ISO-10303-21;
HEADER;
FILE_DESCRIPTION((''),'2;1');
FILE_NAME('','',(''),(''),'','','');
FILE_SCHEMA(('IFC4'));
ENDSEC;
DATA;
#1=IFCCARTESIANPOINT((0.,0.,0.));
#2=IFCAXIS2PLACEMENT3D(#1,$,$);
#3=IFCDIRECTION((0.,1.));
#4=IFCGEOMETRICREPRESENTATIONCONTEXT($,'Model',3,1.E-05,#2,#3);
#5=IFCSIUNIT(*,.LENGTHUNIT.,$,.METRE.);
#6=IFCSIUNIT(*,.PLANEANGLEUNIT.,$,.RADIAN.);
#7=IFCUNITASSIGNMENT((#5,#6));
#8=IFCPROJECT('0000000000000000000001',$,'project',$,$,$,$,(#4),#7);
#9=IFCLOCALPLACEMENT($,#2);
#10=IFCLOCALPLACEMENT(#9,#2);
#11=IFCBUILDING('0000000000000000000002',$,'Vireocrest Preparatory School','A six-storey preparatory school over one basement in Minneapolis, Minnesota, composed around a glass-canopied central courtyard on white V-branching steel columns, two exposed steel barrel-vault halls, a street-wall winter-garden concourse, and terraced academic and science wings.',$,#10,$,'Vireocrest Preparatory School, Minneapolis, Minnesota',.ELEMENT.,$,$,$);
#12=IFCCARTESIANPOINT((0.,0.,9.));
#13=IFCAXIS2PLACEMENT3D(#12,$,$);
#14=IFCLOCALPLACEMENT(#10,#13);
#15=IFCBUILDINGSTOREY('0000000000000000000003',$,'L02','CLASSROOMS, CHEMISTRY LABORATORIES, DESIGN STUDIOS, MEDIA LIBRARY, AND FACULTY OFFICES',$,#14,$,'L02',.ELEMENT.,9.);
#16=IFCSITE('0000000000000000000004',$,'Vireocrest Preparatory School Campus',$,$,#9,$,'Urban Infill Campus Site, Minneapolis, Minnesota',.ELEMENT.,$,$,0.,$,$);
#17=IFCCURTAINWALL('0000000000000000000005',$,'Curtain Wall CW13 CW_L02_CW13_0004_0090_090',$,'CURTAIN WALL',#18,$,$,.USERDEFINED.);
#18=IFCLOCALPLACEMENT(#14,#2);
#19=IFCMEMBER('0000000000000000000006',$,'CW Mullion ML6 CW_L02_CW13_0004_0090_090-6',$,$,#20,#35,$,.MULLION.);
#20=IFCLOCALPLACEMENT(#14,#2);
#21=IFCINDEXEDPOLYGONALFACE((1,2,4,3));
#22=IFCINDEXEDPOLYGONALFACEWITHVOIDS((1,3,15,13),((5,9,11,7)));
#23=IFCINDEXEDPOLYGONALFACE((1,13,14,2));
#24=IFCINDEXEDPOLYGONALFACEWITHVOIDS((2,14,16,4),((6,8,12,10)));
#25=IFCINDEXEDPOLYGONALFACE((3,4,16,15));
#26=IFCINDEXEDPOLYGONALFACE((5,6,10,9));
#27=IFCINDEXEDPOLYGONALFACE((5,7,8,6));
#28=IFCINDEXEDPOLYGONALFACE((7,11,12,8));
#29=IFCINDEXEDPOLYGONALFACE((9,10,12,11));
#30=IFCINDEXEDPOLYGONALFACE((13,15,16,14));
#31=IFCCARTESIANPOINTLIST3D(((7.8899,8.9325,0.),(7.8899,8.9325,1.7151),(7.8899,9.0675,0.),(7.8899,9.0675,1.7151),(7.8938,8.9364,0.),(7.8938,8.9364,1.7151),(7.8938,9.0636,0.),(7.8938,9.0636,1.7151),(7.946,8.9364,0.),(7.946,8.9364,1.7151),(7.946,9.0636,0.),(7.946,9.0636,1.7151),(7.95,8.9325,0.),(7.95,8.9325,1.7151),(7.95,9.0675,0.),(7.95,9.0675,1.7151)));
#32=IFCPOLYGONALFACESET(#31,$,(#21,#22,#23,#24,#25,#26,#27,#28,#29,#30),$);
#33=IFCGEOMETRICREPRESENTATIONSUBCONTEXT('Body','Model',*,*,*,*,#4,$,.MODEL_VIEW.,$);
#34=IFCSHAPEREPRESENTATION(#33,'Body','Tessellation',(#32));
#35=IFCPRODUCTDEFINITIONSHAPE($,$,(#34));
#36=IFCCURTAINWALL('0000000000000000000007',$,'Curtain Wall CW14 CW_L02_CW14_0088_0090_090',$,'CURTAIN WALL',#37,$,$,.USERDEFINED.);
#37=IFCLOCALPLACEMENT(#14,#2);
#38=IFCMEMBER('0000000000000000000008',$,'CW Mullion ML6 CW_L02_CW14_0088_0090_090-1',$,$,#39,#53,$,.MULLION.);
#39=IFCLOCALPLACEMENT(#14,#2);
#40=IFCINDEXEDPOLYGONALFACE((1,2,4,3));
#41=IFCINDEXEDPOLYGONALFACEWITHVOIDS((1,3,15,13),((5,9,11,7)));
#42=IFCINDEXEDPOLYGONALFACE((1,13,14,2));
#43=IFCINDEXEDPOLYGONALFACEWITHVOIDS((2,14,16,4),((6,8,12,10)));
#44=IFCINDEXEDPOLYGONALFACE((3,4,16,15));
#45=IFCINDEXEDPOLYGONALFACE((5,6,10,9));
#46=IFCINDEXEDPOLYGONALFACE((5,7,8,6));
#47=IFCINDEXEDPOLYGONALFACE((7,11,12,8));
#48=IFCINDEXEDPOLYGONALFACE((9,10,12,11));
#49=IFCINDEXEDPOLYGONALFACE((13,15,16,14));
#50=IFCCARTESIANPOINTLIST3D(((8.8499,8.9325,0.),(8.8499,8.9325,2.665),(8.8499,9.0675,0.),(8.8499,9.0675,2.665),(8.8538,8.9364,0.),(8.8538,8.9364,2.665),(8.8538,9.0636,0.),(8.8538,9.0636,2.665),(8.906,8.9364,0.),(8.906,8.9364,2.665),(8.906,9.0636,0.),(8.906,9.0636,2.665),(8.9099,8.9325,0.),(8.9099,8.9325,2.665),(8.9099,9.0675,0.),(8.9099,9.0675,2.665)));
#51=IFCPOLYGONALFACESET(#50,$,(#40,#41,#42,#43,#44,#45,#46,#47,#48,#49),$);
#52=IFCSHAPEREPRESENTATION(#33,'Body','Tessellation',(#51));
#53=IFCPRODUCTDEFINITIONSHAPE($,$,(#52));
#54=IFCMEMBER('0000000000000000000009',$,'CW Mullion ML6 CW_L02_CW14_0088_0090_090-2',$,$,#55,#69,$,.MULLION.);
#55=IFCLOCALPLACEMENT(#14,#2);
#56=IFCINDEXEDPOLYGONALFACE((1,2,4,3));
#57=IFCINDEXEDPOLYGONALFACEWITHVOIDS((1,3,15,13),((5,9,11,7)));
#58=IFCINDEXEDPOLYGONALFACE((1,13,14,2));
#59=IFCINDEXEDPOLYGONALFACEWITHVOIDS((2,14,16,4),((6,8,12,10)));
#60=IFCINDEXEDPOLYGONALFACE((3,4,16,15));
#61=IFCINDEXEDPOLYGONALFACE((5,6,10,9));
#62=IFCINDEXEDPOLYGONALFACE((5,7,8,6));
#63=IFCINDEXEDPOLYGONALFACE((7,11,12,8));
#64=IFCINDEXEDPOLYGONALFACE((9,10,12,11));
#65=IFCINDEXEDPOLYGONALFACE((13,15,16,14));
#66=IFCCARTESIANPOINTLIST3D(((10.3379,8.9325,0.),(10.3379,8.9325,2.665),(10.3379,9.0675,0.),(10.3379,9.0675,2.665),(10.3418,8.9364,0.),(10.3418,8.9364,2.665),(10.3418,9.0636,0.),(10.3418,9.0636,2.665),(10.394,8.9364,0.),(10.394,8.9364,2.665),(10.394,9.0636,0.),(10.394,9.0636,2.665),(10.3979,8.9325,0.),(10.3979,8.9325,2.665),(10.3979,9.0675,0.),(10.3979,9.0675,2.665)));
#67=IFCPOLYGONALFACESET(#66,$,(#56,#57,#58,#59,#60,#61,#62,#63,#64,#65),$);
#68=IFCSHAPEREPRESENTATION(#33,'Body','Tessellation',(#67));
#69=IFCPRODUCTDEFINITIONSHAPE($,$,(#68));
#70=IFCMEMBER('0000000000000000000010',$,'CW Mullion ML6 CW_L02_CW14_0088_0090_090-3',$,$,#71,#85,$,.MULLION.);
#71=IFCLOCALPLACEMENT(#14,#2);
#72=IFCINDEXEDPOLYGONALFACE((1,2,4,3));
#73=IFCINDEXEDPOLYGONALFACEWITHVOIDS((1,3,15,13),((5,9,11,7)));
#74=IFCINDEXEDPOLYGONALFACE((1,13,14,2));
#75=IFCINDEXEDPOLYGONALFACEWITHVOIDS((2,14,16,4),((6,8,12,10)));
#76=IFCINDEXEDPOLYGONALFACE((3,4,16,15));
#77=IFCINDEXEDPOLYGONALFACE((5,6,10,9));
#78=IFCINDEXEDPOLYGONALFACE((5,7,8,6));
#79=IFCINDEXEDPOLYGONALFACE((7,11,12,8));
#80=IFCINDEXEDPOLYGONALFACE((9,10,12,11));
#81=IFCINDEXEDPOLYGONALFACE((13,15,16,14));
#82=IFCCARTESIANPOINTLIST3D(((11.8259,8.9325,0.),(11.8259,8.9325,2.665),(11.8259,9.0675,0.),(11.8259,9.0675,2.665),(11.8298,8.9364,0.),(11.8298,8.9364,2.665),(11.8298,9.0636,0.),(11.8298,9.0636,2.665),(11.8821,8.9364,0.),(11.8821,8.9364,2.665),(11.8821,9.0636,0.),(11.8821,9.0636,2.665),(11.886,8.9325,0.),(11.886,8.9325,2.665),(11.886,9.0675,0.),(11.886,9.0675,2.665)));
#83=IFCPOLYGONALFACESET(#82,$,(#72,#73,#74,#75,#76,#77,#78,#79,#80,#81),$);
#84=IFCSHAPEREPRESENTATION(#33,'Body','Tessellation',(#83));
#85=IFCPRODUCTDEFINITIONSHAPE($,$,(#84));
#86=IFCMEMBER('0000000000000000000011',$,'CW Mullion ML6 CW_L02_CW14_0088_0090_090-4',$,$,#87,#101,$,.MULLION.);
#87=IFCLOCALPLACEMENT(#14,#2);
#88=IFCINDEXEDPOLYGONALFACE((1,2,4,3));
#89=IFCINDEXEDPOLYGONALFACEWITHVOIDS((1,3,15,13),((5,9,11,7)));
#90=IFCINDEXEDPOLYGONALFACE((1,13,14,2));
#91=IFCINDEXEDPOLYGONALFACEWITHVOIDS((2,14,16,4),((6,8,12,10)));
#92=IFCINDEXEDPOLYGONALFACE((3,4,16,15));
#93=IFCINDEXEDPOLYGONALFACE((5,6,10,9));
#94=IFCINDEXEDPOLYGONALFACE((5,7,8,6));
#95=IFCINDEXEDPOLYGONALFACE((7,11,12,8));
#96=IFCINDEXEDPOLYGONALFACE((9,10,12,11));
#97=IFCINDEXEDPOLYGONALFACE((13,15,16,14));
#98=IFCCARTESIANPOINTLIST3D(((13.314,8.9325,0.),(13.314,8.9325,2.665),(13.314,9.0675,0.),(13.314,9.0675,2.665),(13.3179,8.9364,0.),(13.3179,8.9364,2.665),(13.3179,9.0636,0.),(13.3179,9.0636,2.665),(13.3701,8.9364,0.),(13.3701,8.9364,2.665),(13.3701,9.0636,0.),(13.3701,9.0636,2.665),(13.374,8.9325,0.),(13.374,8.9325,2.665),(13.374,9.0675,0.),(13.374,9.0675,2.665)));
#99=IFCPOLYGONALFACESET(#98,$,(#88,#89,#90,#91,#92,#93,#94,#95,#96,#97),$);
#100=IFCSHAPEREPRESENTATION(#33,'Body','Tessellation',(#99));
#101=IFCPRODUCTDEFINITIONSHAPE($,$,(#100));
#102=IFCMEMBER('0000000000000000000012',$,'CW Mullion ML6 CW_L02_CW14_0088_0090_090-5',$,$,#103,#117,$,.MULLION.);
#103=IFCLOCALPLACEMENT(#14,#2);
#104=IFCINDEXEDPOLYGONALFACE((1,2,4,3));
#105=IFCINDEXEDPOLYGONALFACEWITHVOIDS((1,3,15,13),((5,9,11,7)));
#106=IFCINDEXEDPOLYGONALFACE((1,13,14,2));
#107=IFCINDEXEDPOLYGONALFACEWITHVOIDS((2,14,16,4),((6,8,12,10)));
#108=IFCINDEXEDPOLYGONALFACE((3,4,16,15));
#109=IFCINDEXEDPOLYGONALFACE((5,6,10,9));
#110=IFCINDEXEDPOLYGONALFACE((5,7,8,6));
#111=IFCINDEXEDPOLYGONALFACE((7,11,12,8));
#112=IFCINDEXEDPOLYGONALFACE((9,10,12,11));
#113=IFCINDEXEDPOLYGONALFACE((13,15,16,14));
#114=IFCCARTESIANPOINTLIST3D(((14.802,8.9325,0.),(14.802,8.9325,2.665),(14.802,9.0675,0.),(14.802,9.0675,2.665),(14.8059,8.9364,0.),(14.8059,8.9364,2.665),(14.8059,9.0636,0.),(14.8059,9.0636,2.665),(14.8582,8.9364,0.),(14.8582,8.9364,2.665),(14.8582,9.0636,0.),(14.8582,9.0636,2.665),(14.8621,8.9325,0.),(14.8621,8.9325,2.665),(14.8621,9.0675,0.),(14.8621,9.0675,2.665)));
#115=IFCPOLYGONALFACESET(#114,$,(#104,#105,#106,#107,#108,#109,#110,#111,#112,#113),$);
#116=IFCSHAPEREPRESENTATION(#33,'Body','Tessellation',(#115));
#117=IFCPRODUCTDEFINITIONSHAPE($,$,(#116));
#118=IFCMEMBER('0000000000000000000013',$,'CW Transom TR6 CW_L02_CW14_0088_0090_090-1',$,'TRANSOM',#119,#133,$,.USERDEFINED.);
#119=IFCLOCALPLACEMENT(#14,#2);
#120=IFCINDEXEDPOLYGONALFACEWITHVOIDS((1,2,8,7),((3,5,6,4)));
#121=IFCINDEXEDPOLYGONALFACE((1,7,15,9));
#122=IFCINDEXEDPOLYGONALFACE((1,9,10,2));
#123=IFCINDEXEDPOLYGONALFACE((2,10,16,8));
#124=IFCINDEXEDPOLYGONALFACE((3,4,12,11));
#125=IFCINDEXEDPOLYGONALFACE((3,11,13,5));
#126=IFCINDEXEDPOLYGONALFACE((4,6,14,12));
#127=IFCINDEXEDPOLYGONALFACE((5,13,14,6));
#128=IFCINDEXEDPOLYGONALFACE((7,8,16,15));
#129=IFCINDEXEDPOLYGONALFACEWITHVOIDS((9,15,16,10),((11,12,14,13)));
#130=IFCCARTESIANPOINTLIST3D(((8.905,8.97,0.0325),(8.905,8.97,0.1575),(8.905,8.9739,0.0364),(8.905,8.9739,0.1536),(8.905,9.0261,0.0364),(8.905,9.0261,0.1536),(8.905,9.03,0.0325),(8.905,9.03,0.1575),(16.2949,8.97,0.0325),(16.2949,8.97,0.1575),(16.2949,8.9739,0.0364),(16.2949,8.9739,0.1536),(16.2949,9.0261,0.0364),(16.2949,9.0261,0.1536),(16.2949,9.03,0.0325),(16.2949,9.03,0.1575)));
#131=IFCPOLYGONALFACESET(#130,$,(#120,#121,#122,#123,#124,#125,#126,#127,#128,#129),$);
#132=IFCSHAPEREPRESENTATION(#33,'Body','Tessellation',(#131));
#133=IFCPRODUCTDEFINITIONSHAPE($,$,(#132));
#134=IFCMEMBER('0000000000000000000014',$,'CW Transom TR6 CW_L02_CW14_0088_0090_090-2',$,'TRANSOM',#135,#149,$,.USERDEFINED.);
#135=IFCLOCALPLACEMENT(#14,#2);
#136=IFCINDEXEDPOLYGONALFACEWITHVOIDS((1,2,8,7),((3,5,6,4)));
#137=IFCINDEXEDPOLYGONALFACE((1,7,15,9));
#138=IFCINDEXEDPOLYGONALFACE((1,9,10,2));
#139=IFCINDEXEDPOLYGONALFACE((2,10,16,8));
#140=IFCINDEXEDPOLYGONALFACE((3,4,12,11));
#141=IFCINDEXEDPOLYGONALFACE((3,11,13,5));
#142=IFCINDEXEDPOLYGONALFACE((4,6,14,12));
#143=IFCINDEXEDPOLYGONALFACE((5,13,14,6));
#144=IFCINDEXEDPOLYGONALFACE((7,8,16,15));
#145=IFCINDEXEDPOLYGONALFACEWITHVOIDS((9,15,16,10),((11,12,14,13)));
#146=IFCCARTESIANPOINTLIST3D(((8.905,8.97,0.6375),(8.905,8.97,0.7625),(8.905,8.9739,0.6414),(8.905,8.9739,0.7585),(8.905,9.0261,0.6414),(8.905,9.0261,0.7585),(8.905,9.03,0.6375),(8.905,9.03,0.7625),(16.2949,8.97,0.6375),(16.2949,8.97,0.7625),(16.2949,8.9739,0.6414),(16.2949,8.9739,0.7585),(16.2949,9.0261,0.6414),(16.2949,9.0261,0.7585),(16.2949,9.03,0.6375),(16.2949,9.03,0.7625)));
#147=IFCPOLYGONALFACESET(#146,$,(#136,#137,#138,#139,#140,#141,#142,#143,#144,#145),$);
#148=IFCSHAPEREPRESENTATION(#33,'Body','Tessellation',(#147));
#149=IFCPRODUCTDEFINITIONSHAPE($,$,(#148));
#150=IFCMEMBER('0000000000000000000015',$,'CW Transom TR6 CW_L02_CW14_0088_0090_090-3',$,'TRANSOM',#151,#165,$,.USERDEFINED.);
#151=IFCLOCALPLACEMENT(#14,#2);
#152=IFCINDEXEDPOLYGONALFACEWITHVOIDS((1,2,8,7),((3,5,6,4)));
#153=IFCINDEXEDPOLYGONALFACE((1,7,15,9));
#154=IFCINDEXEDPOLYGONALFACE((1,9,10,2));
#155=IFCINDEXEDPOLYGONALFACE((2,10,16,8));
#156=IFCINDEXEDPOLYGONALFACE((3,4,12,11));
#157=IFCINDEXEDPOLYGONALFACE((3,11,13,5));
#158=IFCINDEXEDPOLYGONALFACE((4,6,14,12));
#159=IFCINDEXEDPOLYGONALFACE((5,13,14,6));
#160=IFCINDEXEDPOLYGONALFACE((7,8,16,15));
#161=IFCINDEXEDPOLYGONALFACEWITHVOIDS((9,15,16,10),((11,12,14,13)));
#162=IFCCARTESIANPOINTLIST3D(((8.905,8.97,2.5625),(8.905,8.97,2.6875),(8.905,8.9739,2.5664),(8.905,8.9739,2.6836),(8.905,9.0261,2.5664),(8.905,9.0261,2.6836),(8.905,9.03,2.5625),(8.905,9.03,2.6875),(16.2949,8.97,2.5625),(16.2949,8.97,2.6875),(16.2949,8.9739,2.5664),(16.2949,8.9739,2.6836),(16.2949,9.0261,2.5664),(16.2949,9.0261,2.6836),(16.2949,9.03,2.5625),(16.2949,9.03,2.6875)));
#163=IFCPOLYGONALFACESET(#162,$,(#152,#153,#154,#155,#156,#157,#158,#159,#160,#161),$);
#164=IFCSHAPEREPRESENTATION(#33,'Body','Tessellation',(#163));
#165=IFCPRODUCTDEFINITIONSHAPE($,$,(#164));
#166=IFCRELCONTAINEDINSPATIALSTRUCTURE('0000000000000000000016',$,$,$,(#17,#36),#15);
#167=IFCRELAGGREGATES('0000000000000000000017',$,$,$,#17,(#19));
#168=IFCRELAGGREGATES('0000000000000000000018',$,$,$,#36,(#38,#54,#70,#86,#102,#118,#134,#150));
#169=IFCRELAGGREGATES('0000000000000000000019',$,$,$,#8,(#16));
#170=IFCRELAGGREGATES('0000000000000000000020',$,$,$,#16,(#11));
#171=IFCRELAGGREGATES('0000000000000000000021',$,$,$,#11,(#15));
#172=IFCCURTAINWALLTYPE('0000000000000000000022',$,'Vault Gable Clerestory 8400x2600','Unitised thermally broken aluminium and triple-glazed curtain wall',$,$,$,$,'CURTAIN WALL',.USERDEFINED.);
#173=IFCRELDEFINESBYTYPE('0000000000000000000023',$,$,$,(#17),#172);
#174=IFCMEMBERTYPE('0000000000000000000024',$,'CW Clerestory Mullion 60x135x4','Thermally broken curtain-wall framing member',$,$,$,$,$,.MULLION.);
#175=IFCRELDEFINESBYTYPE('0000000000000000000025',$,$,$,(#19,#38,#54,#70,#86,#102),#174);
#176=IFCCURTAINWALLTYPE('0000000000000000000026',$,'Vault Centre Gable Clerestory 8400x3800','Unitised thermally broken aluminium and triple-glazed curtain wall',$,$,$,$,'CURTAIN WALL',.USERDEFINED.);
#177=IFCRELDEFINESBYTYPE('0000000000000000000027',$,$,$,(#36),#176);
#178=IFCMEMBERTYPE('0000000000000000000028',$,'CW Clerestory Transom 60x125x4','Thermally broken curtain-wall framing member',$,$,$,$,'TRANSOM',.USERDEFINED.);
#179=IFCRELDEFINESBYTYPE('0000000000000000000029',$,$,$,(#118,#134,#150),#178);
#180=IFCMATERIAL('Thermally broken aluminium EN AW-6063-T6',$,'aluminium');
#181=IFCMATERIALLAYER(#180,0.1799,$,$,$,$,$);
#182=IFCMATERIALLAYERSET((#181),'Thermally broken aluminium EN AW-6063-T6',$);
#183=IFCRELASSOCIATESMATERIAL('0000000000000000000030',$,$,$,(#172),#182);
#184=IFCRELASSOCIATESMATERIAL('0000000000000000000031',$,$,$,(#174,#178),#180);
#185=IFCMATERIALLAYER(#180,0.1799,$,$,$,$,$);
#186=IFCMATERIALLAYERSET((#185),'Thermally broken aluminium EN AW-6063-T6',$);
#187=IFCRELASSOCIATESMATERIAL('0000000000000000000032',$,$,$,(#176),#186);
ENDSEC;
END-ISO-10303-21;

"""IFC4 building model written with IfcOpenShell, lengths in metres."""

from ifc_helpers import new_model, si_unit, direction, frame, origin, origin_2d, place, context, subcontext, project, spatial, hollow_rectangle, extrude, material, layer, layer_set, material_profile, profile_set, type_object, element, aggregate, save


model = new_model("IFC4")

# Units and contexts
model_context = context("Model", 3, precision=1e-05, world=origin(), true_north=direction((0.0, 1.0)))
body_context = subcontext(model_context, "Body", "Model", "MODEL_VIEW")
ifc_project = project(units=[si_unit("LENGTHUNIT", "METRE"), si_unit("PLANEANGLEUNIT", "RADIAN")], contexts=[model_context])

# Site, building, storey
site_placement = place(None, origin())
site = spatial("IfcSite", under=ifc_project, at=site_placement, Name="Vireocrest Preparatory School Campus", LongName="Urban Infill Campus Site, Minneapolis, Minnesota", CompositionType="ELEMENT", RefElevation=0.0)
building_placement = place(site_placement, origin())
building = spatial("IfcBuilding", under=site, at=building_placement, Name="Vireocrest Preparatory School", Description="A six-storey preparatory school over one basement in Minneapolis, Minnesota, composed around a glass-canopied central courtyard on white V-branching steel columns, two exposed steel barrel-vault halls, a street-wall winter-garden concourse, and terraced academic and science wings.", LongName="Vireocrest Preparatory School, Minneapolis, Minnesota", CompositionType="ELEMENT")
storey_placement = place(building_placement, frame((0.0, 0.0, 9.0)))
storey = spatial("IfcBuildingStorey", under=building, at=storey_placement, Name="L02", Description="CLASSROOMS, CHEMISTRY LABORATORIES, DESIGN STUDIOS, MEDIA LIBRARY, AND FACULTY OFFICES", LongName="L02", CompositionType="ELEMENT", Elevation=9.0)

# Curtain wall, member
ifc_material_1 = material(Name="Thermally broken aluminium EN AW-6063-T6", Category="aluminium")
ifc_layer_1 = layer(ifc_material_1, 0.1799)
ifc_layer_set_1 = layer_set([ifc_layer_1], Name="Thermally broken aluminium EN AW-6063-T6")
curtain_wall_type_1 = type_object("IfcCurtainWallType", Name="Vault Gable Clerestory 8400x2600", Description="Unitised thermally broken aluminium and triple-glazed curtain wall", ElementType="CURTAIN WALL", PredefinedType="USERDEFINED", material=ifc_layer_set_1)
curtain_wall_1_placement = place(storey_placement, origin())
curtain_wall_1 = element("IfcCurtainWall", 1, at=curtain_wall_1_placement, inside=storey, type_object=curtain_wall_type_1, Name="Curtain Wall CW13 CW_L02_CW13_0004_0090_090", ObjectType="CURTAIN WALL", PredefinedType="USERDEFINED")
ifc_material_profile_1 = material_profile(ifc_material_1, hollow_rectangle(XDim=0.0601, YDim=0.135, WallThickness=0.0039, at=origin_2d()), Name="ALU 60x135x4")
ifc_profile_set_1 = profile_set([ifc_material_profile_1], Name="Thermally broken aluminium EN AW-6063-T6")
member_type_1 = type_object("IfcMemberType", Name="CW Clerestory Mullion 60x135x4", Description="Thermally broken curtain-wall framing member", PredefinedType="MULLION", material=ifc_profile_set_1)
member_1_placement = place(storey_placement, frame((7.9199, 9.0, 0.0), z_axis=(0.0, 0.0, 1.0), x_axis=(1.0, 0.0, 0.0)))
member_1 = element("IfcMember", 2, at=member_1_placement, type_object=member_type_1, Name="CW Mullion ML6 CW_L02_CW13_0004_0090_090-6", PredefinedType="MULLION", context=body_context, shape_type="SweptSolid", body=[
    extrude(hollow_rectangle(XDim=0.0601, YDim=0.135, WallThickness=0.0039, at=origin_2d()), origin(), (0.0, 0.0, 1.0), 1.7151),
])
aggregate(curtain_wall_1, [member_1])

# Curtain wall, members
ifc_layer_2 = layer(ifc_material_1, 0.1799)
ifc_layer_set_2 = layer_set([ifc_layer_2], Name="Thermally broken aluminium EN AW-6063-T6")
curtain_wall_type_2 = type_object("IfcCurtainWallType", Name="Vault Centre Gable Clerestory 8400x3800", Description="Unitised thermally broken aluminium and triple-glazed curtain wall", ElementType="CURTAIN WALL", PredefinedType="USERDEFINED", material=ifc_layer_set_2)
curtain_wall_2_placement = place(storey_placement, origin())
curtain_wall_2 = element("IfcCurtainWall", 3, at=curtain_wall_2_placement, inside=storey, type_object=curtain_wall_type_2, Name="Curtain Wall CW14 CW_L02_CW14_0088_0090_090", ObjectType="CURTAIN WALL", PredefinedType="USERDEFINED")
member_2_placement = place(storey_placement, frame((8.8799, 9.0, 0.0), z_axis=(0.0, 0.0, 1.0), x_axis=(1.0, 0.0, 0.0)))
member_2 = element("IfcMember", 4, at=member_2_placement, type_object=member_type_1, Name="CW Mullion ML6 CW_L02_CW14_0088_0090_090-1", PredefinedType="MULLION", context=body_context, shape_type="SweptSolid", body=[
    extrude(hollow_rectangle(XDim=0.0601, YDim=0.135, WallThickness=0.0039, at=origin_2d()), origin(), (0.0, 0.0, 1.0), 2.665),
])
member_3_placement = place(storey_placement, frame((10.3679, 9.0, 0.0), z_axis=(0.0, 0.0, 1.0), x_axis=(1.0, 0.0, 0.0)))
member_3 = element("IfcMember", 5, at=member_3_placement, type_object=member_type_1, Name="CW Mullion ML6 CW_L02_CW14_0088_0090_090-2", PredefinedType="MULLION", context=body_context, shape_type="SweptSolid", body=[
    extrude(hollow_rectangle(XDim=0.0601, YDim=0.135, WallThickness=0.0039, at=origin_2d()), origin(), (0.0, 0.0, 1.0), 2.665),
])
member_4_placement = place(storey_placement, frame((11.856, 9.0, 0.0), z_axis=(0.0, 0.0, 1.0), x_axis=(1.0, 0.0, 0.0)))
member_4 = element("IfcMember", 6, at=member_4_placement, type_object=member_type_1, Name="CW Mullion ML6 CW_L02_CW14_0088_0090_090-3", PredefinedType="MULLION", context=body_context, shape_type="SweptSolid", body=[
    extrude(hollow_rectangle(XDim=0.0601, YDim=0.135, WallThickness=0.0039, at=origin_2d()), origin(), (0.0, 0.0, 1.0), 2.665),
])
member_5_placement = place(storey_placement, frame((13.344, 9.0, 0.0), z_axis=(0.0, 0.0, 1.0), x_axis=(1.0, 0.0, 0.0)))
member_5 = element("IfcMember", 7, at=member_5_placement, type_object=member_type_1, Name="CW Mullion ML6 CW_L02_CW14_0088_0090_090-4", PredefinedType="MULLION", context=body_context, shape_type="SweptSolid", body=[
    extrude(hollow_rectangle(XDim=0.0601, YDim=0.135, WallThickness=0.0039, at=origin_2d()), origin(), (0.0, 0.0, 1.0), 2.665),
])
member_6_placement = place(storey_placement, frame((14.832, 9.0, 0.0), z_axis=(0.0, 0.0, 1.0), x_axis=(1.0, 0.0, 0.0)))
member_6 = element("IfcMember", 8, at=member_6_placement, type_object=member_type_1, Name="CW Mullion ML6 CW_L02_CW14_0088_0090_090-5", PredefinedType="MULLION", context=body_context, shape_type="SweptSolid", body=[
    extrude(hollow_rectangle(XDim=0.0601, YDim=0.135, WallThickness=0.0039, at=origin_2d()), origin(), (0.0, 0.0, 1.0), 2.665),
])
ifc_material_profile_2 = material_profile(ifc_material_1, hollow_rectangle(XDim=0.0601, YDim=0.125, WallThickness=0.0039, at=origin_2d()), Name="ALU 60x125x4")
ifc_profile_set_2 = profile_set([ifc_material_profile_2], Name="Thermally broken aluminium EN AW-6063-T6")
member_type_2 = type_object("IfcMemberType", Name="CW Clerestory Transom 60x125x4", Description="Thermally broken curtain-wall framing member", ElementType="TRANSOM", PredefinedType="USERDEFINED", material=ifc_profile_set_2)
member_7_placement = place(storey_placement, frame((8.905, 9.0, 0.095), z_axis=(1.0, 0.0, 0.0), x_axis=(0.0, 1.0, 0.0)))
member_7 = element("IfcMember", 9, at=member_7_placement, type_object=member_type_2, Name="CW Transom TR6 CW_L02_CW14_0088_0090_090-1", ObjectType="TRANSOM", PredefinedType="USERDEFINED", context=body_context, shape_type="SweptSolid", body=[
    extrude(hollow_rectangle(XDim=0.0601, YDim=0.125, WallThickness=0.0039, at=origin_2d()), origin(), (0.0, 0.0, 1.0), 7.3899),
])
member_8_placement = place(storey_placement, frame((8.905, 9.0, 0.7), z_axis=(1.0, 0.0, 0.0), x_axis=(0.0, 1.0, 0.0)))
member_8 = element("IfcMember", 10, at=member_8_placement, type_object=member_type_2, Name="CW Transom TR6 CW_L02_CW14_0088_0090_090-2", ObjectType="TRANSOM", PredefinedType="USERDEFINED", context=body_context, shape_type="SweptSolid", body=[
    extrude(hollow_rectangle(XDim=0.0601, YDim=0.125, WallThickness=0.0039, at=origin_2d()), origin(), (0.0, 0.0, 1.0), 7.3899),
])
member_9_placement = place(storey_placement, frame((8.905, 9.0, 2.625), z_axis=(1.0, 0.0, 0.0), x_axis=(0.0, 1.0, 0.0)))
member_9 = element("IfcMember", 11, at=member_9_placement, type_object=member_type_2, Name="CW Transom TR6 CW_L02_CW14_0088_0090_090-3", ObjectType="TRANSOM", PredefinedType="USERDEFINED", context=body_context, shape_type="SweptSolid", body=[
    extrude(hollow_rectangle(XDim=0.0601, YDim=0.125, WallThickness=0.0039, at=origin_2d()), origin(), (0.0, 0.0, 1.0), 7.3899),
])

aggregate(curtain_wall_2, [member_2, member_3, member_4, member_5, member_6, member_7, member_8, member_9])

save(model, "model.ifc")
